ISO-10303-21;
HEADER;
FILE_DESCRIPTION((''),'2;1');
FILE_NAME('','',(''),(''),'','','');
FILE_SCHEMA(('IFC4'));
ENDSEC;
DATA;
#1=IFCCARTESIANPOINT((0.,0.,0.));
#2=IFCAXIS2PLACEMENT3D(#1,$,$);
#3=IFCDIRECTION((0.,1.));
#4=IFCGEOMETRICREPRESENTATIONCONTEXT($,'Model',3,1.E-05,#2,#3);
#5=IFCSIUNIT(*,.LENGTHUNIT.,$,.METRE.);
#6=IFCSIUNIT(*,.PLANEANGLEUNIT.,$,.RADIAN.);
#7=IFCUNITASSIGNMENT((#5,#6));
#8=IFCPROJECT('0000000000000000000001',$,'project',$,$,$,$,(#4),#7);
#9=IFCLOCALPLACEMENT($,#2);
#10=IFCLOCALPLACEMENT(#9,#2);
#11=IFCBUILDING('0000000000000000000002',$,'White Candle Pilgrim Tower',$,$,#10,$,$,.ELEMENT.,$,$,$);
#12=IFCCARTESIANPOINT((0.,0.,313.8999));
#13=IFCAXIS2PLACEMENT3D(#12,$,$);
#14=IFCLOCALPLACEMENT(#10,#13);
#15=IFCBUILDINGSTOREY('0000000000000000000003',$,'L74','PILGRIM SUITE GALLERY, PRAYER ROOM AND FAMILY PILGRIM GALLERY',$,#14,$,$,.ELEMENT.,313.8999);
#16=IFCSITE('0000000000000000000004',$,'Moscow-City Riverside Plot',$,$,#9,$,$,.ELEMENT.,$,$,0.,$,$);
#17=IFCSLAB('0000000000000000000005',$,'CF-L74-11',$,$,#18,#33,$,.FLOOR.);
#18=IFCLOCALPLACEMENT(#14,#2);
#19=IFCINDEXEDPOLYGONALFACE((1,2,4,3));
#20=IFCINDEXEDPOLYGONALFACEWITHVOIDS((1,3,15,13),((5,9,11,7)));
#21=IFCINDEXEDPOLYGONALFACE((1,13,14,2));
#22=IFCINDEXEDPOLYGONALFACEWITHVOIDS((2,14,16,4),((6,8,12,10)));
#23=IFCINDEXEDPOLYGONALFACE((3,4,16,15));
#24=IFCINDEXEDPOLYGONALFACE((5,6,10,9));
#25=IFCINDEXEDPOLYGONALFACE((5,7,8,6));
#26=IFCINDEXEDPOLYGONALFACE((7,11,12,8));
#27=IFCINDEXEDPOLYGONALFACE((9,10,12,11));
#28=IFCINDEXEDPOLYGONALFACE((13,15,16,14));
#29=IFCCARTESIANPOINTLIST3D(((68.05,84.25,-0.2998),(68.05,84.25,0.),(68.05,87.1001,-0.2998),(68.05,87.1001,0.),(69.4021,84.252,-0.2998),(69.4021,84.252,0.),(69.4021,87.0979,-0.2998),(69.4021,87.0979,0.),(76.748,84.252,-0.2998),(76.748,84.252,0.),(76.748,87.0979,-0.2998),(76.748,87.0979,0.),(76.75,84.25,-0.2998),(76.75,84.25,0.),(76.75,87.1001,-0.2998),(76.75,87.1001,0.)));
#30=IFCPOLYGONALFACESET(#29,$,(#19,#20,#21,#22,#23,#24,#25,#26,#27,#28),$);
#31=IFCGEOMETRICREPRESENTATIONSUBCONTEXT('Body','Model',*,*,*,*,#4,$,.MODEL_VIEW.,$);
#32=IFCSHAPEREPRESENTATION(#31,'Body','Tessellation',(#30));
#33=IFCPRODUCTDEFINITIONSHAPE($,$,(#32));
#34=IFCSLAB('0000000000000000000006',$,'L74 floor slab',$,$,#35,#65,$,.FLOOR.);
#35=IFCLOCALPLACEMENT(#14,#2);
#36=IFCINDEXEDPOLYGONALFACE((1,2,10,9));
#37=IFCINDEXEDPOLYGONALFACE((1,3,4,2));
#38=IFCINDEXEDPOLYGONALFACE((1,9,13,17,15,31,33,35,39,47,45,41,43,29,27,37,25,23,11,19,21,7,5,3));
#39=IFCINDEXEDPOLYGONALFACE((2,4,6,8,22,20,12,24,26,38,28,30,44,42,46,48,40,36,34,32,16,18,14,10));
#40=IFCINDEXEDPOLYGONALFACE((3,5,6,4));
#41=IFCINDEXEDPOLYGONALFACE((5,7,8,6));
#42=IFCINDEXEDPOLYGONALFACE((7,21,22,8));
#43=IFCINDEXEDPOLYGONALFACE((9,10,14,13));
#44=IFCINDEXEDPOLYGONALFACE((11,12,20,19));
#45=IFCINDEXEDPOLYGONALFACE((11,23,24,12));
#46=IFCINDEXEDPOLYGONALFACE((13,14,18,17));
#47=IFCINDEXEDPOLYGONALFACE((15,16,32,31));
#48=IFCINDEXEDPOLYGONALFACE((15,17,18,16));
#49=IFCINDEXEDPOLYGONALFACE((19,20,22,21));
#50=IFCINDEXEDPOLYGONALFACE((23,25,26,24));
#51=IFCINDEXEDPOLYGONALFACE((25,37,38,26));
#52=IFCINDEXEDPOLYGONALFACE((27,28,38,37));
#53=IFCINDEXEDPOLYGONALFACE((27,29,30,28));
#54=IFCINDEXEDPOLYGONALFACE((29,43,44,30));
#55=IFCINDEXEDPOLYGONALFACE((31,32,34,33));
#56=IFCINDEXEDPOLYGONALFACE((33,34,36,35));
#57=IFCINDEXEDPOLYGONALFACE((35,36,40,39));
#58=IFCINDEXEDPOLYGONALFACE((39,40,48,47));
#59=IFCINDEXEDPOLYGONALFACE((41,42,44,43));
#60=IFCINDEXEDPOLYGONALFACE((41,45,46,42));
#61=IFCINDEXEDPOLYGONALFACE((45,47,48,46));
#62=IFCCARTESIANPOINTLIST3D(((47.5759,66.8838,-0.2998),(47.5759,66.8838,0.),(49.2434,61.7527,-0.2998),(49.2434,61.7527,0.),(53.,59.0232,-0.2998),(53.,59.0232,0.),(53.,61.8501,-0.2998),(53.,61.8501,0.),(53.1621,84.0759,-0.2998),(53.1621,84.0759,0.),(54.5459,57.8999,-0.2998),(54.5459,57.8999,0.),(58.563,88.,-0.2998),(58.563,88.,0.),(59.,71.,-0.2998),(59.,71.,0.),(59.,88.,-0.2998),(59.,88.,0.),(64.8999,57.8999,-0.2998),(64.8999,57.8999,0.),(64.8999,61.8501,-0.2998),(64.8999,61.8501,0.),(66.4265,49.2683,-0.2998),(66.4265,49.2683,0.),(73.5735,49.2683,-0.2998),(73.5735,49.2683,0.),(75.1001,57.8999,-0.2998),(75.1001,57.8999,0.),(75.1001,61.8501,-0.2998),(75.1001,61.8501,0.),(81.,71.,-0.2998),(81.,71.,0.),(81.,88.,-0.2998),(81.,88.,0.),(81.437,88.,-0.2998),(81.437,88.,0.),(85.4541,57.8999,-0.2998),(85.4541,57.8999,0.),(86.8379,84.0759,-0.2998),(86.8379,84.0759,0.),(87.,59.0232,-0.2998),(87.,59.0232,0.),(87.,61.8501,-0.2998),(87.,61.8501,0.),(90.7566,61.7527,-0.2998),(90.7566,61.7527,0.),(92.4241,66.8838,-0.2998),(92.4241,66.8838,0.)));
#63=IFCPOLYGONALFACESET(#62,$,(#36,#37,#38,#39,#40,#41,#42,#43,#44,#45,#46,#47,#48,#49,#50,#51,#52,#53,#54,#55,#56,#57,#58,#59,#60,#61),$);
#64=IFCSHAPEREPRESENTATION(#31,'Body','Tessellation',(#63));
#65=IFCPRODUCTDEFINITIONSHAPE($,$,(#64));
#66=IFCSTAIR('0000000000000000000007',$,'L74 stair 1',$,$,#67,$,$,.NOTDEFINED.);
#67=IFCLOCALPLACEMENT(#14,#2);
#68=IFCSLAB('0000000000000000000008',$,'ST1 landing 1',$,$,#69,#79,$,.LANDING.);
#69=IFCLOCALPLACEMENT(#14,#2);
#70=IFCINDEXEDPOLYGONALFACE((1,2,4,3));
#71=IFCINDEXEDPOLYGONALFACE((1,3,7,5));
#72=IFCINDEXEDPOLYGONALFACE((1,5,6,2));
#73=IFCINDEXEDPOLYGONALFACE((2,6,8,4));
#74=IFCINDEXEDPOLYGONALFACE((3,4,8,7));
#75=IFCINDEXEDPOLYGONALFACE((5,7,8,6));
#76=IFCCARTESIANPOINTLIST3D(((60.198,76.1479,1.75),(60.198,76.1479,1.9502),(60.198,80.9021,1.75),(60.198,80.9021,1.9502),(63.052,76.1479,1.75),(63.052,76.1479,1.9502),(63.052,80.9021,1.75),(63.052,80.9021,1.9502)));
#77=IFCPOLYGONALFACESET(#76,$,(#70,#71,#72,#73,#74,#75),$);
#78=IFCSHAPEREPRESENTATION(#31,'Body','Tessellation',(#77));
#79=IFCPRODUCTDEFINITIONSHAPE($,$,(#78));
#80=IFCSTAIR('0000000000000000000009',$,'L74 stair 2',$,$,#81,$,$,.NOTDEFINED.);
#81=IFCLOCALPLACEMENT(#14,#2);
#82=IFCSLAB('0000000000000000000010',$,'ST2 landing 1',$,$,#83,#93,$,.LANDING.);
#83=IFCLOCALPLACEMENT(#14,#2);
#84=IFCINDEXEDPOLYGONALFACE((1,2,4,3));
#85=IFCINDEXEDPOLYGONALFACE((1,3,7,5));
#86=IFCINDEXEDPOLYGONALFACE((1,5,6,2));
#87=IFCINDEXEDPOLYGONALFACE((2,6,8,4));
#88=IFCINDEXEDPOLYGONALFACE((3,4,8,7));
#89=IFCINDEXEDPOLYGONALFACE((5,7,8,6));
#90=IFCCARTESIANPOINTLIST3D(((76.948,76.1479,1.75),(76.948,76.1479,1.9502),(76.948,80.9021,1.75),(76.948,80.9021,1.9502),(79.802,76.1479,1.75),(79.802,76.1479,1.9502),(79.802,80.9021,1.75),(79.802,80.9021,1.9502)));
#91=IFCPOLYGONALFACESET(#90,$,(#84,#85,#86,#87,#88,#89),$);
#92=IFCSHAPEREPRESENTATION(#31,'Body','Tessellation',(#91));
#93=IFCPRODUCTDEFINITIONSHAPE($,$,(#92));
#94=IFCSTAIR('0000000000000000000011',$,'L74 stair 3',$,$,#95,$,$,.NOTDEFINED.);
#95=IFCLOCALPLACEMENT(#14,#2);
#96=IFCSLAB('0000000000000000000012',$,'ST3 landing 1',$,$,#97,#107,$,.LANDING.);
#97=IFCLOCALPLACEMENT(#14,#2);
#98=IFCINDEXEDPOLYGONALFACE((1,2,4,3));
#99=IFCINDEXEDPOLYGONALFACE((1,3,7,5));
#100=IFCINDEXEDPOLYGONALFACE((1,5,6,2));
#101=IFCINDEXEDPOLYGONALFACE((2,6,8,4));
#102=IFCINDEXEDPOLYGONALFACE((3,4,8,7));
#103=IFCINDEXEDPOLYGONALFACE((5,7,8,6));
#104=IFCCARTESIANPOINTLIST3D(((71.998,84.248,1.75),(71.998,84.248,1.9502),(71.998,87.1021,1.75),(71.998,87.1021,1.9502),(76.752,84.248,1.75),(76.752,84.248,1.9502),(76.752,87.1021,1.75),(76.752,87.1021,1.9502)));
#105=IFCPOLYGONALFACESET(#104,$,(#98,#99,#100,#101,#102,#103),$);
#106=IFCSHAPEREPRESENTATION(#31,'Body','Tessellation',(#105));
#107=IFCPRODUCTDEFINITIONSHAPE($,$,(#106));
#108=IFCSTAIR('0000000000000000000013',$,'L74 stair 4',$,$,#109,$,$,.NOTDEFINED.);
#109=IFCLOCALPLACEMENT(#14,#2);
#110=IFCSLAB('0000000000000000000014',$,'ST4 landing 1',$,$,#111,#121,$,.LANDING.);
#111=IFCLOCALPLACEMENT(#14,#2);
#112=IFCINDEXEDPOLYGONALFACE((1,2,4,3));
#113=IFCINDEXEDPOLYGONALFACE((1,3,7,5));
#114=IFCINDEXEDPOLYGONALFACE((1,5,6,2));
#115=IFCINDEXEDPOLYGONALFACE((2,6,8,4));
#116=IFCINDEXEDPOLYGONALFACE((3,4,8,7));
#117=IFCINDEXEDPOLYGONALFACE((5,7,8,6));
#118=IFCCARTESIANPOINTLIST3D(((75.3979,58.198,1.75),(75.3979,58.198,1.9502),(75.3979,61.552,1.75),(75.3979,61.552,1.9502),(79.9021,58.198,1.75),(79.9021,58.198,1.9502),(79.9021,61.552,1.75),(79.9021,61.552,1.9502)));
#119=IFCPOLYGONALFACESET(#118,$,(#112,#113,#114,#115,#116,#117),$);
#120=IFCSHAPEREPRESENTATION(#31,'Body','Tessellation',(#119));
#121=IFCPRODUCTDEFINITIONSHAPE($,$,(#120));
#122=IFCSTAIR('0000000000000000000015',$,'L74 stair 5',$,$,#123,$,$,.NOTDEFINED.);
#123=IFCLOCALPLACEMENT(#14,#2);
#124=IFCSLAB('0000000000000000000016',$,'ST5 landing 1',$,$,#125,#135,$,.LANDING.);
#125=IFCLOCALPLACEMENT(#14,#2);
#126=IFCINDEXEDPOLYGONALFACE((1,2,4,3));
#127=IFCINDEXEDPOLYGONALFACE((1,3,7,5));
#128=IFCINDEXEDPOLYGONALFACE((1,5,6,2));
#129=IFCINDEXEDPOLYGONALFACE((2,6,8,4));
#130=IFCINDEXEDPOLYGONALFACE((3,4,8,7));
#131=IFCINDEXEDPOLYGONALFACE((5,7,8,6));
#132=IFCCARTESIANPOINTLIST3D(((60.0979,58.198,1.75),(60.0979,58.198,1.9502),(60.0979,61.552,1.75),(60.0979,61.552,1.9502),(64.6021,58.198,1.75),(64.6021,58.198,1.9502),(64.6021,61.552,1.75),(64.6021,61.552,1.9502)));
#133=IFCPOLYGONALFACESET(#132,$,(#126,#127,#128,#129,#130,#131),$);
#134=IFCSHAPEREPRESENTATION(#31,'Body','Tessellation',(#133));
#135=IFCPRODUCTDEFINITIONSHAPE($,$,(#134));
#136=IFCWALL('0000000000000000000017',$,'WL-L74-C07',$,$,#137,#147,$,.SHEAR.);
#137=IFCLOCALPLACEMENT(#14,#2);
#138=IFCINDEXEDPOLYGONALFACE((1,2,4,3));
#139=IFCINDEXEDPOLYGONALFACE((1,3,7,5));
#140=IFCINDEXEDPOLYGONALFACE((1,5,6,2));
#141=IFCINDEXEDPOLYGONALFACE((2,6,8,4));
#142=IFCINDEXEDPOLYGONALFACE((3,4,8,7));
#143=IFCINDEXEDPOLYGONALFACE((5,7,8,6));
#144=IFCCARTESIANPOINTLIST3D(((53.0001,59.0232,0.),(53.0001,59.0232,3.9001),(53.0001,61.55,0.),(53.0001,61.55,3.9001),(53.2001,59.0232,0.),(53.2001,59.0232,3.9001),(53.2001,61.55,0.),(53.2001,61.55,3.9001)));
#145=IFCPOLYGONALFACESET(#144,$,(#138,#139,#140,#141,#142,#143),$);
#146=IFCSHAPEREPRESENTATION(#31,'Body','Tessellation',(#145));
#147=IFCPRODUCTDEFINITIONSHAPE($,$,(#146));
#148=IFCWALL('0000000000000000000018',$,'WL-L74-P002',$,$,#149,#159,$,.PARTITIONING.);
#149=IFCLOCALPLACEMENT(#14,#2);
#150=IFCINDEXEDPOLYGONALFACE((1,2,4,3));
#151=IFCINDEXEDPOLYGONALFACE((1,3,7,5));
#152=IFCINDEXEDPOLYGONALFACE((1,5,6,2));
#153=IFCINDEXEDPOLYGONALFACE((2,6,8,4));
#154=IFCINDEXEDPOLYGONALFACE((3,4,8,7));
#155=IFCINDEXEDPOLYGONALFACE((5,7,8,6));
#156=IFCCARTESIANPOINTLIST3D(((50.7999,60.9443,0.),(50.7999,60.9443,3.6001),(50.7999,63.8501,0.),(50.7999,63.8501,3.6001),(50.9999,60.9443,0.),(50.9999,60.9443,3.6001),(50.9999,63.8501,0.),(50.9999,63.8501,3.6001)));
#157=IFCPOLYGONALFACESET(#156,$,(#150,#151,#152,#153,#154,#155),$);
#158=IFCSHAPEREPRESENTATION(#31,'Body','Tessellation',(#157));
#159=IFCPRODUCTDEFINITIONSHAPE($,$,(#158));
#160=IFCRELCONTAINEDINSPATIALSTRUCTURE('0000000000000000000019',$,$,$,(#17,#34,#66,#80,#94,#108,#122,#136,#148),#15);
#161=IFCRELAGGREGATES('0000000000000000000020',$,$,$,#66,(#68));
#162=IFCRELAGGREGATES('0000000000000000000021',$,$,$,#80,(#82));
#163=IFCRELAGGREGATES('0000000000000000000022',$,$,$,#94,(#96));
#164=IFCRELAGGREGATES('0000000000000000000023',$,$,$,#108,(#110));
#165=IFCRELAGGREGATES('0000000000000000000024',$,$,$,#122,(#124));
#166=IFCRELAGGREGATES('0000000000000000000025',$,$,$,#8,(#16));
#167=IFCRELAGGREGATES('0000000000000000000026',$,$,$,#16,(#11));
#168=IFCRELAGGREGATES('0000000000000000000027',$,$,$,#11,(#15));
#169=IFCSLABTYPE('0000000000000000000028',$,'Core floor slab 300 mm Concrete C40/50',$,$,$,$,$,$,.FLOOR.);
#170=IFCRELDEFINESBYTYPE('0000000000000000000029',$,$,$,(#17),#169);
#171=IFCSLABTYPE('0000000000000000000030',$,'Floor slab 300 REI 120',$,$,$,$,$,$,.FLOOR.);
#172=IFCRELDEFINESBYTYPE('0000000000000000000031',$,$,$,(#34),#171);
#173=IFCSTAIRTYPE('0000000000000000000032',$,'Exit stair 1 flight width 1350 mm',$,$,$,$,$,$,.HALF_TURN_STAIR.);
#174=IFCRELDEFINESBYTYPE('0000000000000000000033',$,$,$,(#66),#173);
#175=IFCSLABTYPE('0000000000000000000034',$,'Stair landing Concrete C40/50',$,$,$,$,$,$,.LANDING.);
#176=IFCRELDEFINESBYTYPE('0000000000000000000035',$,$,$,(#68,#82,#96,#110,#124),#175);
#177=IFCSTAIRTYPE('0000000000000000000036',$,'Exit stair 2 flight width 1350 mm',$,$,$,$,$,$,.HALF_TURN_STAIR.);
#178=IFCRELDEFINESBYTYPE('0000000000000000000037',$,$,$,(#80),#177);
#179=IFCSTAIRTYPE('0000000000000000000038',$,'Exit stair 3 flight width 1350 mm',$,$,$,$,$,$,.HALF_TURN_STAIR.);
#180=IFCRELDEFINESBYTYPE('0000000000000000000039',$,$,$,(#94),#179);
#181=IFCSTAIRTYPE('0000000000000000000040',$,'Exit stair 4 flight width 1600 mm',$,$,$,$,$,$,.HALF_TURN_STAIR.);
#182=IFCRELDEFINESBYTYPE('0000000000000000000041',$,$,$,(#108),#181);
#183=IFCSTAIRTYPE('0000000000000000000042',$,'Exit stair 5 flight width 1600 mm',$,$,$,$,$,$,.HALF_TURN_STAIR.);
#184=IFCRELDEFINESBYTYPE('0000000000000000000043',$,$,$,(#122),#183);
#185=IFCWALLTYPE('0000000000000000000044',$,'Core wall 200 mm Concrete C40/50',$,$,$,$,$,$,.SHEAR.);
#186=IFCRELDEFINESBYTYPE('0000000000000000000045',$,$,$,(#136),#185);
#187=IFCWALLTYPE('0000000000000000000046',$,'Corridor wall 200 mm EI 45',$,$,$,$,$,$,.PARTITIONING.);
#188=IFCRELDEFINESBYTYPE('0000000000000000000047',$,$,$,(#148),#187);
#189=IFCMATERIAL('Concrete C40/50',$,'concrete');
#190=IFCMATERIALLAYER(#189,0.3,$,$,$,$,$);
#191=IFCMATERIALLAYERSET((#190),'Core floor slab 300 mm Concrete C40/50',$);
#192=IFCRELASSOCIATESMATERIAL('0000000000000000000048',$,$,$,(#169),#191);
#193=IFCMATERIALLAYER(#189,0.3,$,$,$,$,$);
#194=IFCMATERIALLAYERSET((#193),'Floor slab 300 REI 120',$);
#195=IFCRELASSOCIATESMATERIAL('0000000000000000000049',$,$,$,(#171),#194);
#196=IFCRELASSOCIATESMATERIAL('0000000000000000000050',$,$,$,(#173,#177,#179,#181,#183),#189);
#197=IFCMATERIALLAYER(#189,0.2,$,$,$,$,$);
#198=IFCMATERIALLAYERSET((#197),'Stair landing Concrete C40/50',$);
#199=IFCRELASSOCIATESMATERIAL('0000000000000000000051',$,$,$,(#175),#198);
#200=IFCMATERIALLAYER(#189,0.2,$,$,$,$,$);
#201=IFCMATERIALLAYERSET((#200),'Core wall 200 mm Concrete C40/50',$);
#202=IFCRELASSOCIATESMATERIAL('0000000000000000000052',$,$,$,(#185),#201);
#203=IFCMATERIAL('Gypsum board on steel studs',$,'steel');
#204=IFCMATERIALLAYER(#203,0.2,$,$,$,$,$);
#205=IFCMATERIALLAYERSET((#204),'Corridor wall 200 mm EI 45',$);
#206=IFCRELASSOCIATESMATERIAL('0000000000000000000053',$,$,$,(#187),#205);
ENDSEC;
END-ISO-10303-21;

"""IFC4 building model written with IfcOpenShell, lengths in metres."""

from ifc_helpers import new_model, si_unit, direction, frame, frame_2d, origin, place, context, subcontext, project, spatial, polyline, rectangle, outline, extrude, material, layer, layer_set, type_object, element, aggregate, save


model = new_model("IFC4")

# Units and contexts
model_context = context("Model", 3, precision=1e-05, world=origin(), true_north=direction((0.0, 1.0)))
body_context = subcontext(model_context, "Body", "Model", "MODEL_VIEW")
ifc_project = project(units=[si_unit("LENGTHUNIT", "METRE"), si_unit("PLANEANGLEUNIT", "RADIAN")], contexts=[model_context])

# Site, building, storey
site_placement = place(None, origin())
site = spatial("IfcSite", under=ifc_project, at=site_placement, Name="Moscow-City Riverside Plot", CompositionType="ELEMENT", RefElevation=0.0)
building_placement = place(site_placement, origin())
building = spatial("IfcBuilding", under=site, at=building_placement, Name="White Candle Pilgrim Tower", CompositionType="ELEMENT")
storey_placement = place(building_placement, frame((0.0, 0.0, 313.8999)))
storey = spatial("IfcBuildingStorey", under=building, at=storey_placement, Name="L74", Description="PILGRIM SUITE GALLERY, PRAYER ROOM AND FAMILY PILGRIM GALLERY", CompositionType="ELEMENT", Elevation=313.8999)

# Slabs
ifc_material_1 = material(Name="Concrete C40/50", Category="concrete")
ifc_layer_1 = layer(ifc_material_1, 0.3)
ifc_layer_set_1 = layer_set([ifc_layer_1], Name="Core floor slab 300 mm Concrete C40/50")
slab_type_1 = type_object("IfcSlabType", Name="Core floor slab 300 mm Concrete C40/50", PredefinedType="FLOOR", material=ifc_layer_set_1)
slab_1_placement = place(storey_placement, frame((0.0, 0.0, -0.2998)))
element("IfcSlab", 1, at=slab_1_placement, inside=storey, type_object=slab_type_1, Name="CF-L74-11", PredefinedType="FLOOR", context=body_context, shape_type="SweptSolid", body=[
    extrude(outline(polyline([(68.05, 87.1001), (76.75, 87.1001), (76.75, 84.25), (68.05, 84.25), (68.05, 87.1001)]), holes=[polyline([(69.4021, 84.252), (76.748, 84.252), (76.748, 87.0979), (69.4021, 87.0979), (69.4021, 84.252)])]), origin(), (0.0, 0.0, 1.0), 0.2998),
])
ifc_layer_2 = layer(ifc_material_1, 0.3)
ifc_layer_set_2 = layer_set([ifc_layer_2], Name="Floor slab 300 REI 120")
slab_type_2 = type_object("IfcSlabType", Name="Floor slab 300 REI 120", PredefinedType="FLOOR", material=ifc_layer_set_2)
slab_2_placement = place(storey_placement, frame((0.0, 0.0, -0.2998)))
element("IfcSlab", 2, at=slab_2_placement, inside=storey, type_object=slab_type_2, Name="L74 floor slab", PredefinedType="FLOOR", context=body_context, shape_type="SweptSolid", body=[
    extrude(outline(polyline([(66.4265, 49.2683), (73.5735, 49.2683), (85.4541, 57.8999), (75.1001, 57.8999), (75.1001, 61.8501), (87.0, 61.8501), (87.0, 59.0232), (90.7566, 61.7527), (92.4241, 66.8838), (86.8379, 84.0759), (81.437, 88.0), (81.0, 88.0), (81.0, 71.0), (59.0, 71.0), (59.0, 88.0), (58.563, 88.0), (53.1621, 84.0759), (47.5759, 66.8838), (49.2434, 61.7527), (53.0, 59.0232), (53.0, 61.8501), (64.8999, 61.8501), (64.8999, 57.8999), (54.5459, 57.8999), (66.4265, 49.2683)])), origin(), (0.0, 0.0, 1.0), 0.2998),
])

# Stairs, slabs
stair_type_1 = type_object("IfcStairType", Name="Exit stair 1 flight width 1350 mm", PredefinedType="HALF_TURN_STAIR", material=ifc_material_1)
stair_1_placement = place(storey_placement, origin())
stair_1 = element("IfcStair", 3, at=stair_1_placement, inside=storey, type_object=stair_type_1, Name="L74 stair 1", PredefinedType="NOTDEFINED")
ifc_layer_3 = layer(ifc_material_1, 0.2)
ifc_layer_set_3 = layer_set([ifc_layer_3], Name="Stair landing Concrete C40/50")
slab_type_3 = type_object("IfcSlabType", Name="Stair landing Concrete C40/50", PredefinedType="LANDING", material=ifc_layer_set_3)
slab_3_placement = place(storey_placement, frame((0.0, 0.0, 1.75)))
slab_3 = element("IfcSlab", 4, at=slab_3_placement, type_object=slab_type_3, Name="ST1 landing 1", PredefinedType="LANDING", context=body_context, shape_type="SweptSolid", body=[
    extrude(outline(polyline([(63.052, 76.1479), (60.198, 76.1479), (60.198, 80.9021), (63.052, 80.9021), (63.052, 76.1479)])), origin(), (0.0, 0.0, 1.0), 0.2002),
])
aggregate(stair_1, [slab_3])
stair_type_2 = type_object("IfcStairType", Name="Exit stair 2 flight width 1350 mm", PredefinedType="HALF_TURN_STAIR", material=ifc_material_1)
stair_2_placement = place(storey_placement, origin())
stair_2 = element("IfcStair", 5, at=stair_2_placement, inside=storey, type_object=stair_type_2, Name="L74 stair 2", PredefinedType="NOTDEFINED")
slab_4_placement = place(storey_placement, frame((0.0, 0.0, 1.75)))
slab_4 = element("IfcSlab", 6, at=slab_4_placement, type_object=slab_type_3, Name="ST2 landing 1", PredefinedType="LANDING", context=body_context, shape_type="SweptSolid", body=[
    extrude(outline(polyline([(79.802, 76.1479), (76.948, 76.1479), (76.948, 80.9021), (79.802, 80.9021), (79.802, 76.1479)])), origin(), (0.0, 0.0, 1.0), 0.2002),
])
aggregate(stair_2, [slab_4])
stair_type_3 = type_object("IfcStairType", Name="Exit stair 3 flight width 1350 mm", PredefinedType="HALF_TURN_STAIR", material=ifc_material_1)
stair_3_placement = place(storey_placement, origin())
stair_3 = element("IfcStair", 7, at=stair_3_placement, inside=storey, type_object=stair_type_3, Name="L74 stair 3", PredefinedType="NOTDEFINED")
slab_5_placement = place(storey_placement, frame((0.0, 0.0, 1.75)))
slab_5 = element("IfcSlab", 8, at=slab_5_placement, type_object=slab_type_3, Name="ST3 landing 1", PredefinedType="LANDING", context=body_context, shape_type="SweptSolid", body=[
    extrude(outline(polyline([(71.998, 84.248), (71.998, 87.1021), (76.752, 87.1021), (76.752, 84.248), (71.998, 84.248)])), origin(), (0.0, 0.0, 1.0), 0.2002),
])
aggregate(stair_3, [slab_5])
stair_type_4 = type_object("IfcStairType", Name="Exit stair 4 flight width 1600 mm", PredefinedType="HALF_TURN_STAIR", material=ifc_material_1)
stair_4_placement = place(storey_placement, origin())
stair_4 = element("IfcStair", 9, at=stair_4_placement, inside=storey, type_object=stair_type_4, Name="L74 stair 4", PredefinedType="NOTDEFINED")
slab_6_placement = place(storey_placement, frame((0.0, 0.0, 1.75)))
slab_6 = element("IfcSlab", 10, at=slab_6_placement, type_object=slab_type_3, Name="ST4 landing 1", PredefinedType="LANDING", context=body_context, shape_type="SweptSolid", body=[
    extrude(outline(polyline([(79.9021, 61.552), (79.9021, 58.198), (75.3979, 58.198), (75.3979, 61.552), (79.9021, 61.552)])), origin(), (0.0, 0.0, 1.0), 0.2002),
])
aggregate(stair_4, [slab_6])
stair_type_5 = type_object("IfcStairType", Name="Exit stair 5 flight width 1600 mm", PredefinedType="HALF_TURN_STAIR", material=ifc_material_1)
stair_5_placement = place(storey_placement, origin())
stair_5 = element("IfcStair", 11, at=stair_5_placement, inside=storey, type_object=stair_type_5, Name="L74 stair 5", PredefinedType="NOTDEFINED")
slab_7_placement = place(storey_placement, frame((0.0, 0.0, 1.75)))
slab_7 = element("IfcSlab", 12, at=slab_7_placement, type_object=slab_type_3, Name="ST5 landing 1", PredefinedType="LANDING", context=body_context, shape_type="SweptSolid", body=[
    extrude(outline(polyline([(60.0979, 58.198), (60.0979, 61.552), (64.6021, 61.552), (64.6021, 58.198), (60.0979, 58.198)])), origin(), (0.0, 0.0, 1.0), 0.2002),
])
aggregate(stair_5, [slab_7])

# Walls
ifc_layer_4 = layer(ifc_material_1, 0.2)
ifc_layer_set_4 = layer_set([ifc_layer_4], Name="Core wall 200 mm Concrete C40/50")
wall_type_1 = type_object("IfcWallType", Name="Core wall 200 mm Concrete C40/50", PredefinedType="SHEAR", material=ifc_layer_set_4)
wall_1_placement = place(storey_placement, frame((53.1001, 59.0232, 0.0), z_axis=(0.0, 0.0, 1.0), x_axis=(0.0, 1.0, 0.0)))
element("IfcWall", 13, at=wall_1_placement, inside=storey, type_object=wall_type_1, Name="WL-L74-C07", PredefinedType="SHEAR", context=body_context, shape_type="SweptSolid", body=[
    extrude(rectangle(XDim=2.5269, YDim=0.2, at=frame_2d((1.2634, 0.0))), origin(), (0.0, 0.0, 1.0), 3.9001),
])
ifc_material_2 = material(Name="Gypsum board on steel studs", Category="steel")
ifc_layer_5 = layer(ifc_material_2, 0.2)
ifc_layer_set_5 = layer_set([ifc_layer_5], Name="Corridor wall 200 mm EI 45")
wall_type_2 = type_object("IfcWallType", Name="Corridor wall 200 mm EI 45", PredefinedType="PARTITIONING", material=ifc_layer_set_5)
wall_2_placement = place(storey_placement, frame((50.8999, 60.9443, 0.0), z_axis=(0.0, 0.0, 1.0), x_axis=(0.0, 1.0, 0.0)))
element("IfcWall", 14, at=wall_2_placement, inside=storey, type_object=wall_type_2, Name="WL-L74-P002", PredefinedType="PARTITIONING", context=body_context, shape_type="SweptSolid", body=[
    extrude(rectangle(XDim=2.9058, YDim=0.2, at=frame_2d((1.4529, 0.0))), origin(), (0.0, 0.0, 1.0), 3.6001),
])

save(model, "model.ifc")
